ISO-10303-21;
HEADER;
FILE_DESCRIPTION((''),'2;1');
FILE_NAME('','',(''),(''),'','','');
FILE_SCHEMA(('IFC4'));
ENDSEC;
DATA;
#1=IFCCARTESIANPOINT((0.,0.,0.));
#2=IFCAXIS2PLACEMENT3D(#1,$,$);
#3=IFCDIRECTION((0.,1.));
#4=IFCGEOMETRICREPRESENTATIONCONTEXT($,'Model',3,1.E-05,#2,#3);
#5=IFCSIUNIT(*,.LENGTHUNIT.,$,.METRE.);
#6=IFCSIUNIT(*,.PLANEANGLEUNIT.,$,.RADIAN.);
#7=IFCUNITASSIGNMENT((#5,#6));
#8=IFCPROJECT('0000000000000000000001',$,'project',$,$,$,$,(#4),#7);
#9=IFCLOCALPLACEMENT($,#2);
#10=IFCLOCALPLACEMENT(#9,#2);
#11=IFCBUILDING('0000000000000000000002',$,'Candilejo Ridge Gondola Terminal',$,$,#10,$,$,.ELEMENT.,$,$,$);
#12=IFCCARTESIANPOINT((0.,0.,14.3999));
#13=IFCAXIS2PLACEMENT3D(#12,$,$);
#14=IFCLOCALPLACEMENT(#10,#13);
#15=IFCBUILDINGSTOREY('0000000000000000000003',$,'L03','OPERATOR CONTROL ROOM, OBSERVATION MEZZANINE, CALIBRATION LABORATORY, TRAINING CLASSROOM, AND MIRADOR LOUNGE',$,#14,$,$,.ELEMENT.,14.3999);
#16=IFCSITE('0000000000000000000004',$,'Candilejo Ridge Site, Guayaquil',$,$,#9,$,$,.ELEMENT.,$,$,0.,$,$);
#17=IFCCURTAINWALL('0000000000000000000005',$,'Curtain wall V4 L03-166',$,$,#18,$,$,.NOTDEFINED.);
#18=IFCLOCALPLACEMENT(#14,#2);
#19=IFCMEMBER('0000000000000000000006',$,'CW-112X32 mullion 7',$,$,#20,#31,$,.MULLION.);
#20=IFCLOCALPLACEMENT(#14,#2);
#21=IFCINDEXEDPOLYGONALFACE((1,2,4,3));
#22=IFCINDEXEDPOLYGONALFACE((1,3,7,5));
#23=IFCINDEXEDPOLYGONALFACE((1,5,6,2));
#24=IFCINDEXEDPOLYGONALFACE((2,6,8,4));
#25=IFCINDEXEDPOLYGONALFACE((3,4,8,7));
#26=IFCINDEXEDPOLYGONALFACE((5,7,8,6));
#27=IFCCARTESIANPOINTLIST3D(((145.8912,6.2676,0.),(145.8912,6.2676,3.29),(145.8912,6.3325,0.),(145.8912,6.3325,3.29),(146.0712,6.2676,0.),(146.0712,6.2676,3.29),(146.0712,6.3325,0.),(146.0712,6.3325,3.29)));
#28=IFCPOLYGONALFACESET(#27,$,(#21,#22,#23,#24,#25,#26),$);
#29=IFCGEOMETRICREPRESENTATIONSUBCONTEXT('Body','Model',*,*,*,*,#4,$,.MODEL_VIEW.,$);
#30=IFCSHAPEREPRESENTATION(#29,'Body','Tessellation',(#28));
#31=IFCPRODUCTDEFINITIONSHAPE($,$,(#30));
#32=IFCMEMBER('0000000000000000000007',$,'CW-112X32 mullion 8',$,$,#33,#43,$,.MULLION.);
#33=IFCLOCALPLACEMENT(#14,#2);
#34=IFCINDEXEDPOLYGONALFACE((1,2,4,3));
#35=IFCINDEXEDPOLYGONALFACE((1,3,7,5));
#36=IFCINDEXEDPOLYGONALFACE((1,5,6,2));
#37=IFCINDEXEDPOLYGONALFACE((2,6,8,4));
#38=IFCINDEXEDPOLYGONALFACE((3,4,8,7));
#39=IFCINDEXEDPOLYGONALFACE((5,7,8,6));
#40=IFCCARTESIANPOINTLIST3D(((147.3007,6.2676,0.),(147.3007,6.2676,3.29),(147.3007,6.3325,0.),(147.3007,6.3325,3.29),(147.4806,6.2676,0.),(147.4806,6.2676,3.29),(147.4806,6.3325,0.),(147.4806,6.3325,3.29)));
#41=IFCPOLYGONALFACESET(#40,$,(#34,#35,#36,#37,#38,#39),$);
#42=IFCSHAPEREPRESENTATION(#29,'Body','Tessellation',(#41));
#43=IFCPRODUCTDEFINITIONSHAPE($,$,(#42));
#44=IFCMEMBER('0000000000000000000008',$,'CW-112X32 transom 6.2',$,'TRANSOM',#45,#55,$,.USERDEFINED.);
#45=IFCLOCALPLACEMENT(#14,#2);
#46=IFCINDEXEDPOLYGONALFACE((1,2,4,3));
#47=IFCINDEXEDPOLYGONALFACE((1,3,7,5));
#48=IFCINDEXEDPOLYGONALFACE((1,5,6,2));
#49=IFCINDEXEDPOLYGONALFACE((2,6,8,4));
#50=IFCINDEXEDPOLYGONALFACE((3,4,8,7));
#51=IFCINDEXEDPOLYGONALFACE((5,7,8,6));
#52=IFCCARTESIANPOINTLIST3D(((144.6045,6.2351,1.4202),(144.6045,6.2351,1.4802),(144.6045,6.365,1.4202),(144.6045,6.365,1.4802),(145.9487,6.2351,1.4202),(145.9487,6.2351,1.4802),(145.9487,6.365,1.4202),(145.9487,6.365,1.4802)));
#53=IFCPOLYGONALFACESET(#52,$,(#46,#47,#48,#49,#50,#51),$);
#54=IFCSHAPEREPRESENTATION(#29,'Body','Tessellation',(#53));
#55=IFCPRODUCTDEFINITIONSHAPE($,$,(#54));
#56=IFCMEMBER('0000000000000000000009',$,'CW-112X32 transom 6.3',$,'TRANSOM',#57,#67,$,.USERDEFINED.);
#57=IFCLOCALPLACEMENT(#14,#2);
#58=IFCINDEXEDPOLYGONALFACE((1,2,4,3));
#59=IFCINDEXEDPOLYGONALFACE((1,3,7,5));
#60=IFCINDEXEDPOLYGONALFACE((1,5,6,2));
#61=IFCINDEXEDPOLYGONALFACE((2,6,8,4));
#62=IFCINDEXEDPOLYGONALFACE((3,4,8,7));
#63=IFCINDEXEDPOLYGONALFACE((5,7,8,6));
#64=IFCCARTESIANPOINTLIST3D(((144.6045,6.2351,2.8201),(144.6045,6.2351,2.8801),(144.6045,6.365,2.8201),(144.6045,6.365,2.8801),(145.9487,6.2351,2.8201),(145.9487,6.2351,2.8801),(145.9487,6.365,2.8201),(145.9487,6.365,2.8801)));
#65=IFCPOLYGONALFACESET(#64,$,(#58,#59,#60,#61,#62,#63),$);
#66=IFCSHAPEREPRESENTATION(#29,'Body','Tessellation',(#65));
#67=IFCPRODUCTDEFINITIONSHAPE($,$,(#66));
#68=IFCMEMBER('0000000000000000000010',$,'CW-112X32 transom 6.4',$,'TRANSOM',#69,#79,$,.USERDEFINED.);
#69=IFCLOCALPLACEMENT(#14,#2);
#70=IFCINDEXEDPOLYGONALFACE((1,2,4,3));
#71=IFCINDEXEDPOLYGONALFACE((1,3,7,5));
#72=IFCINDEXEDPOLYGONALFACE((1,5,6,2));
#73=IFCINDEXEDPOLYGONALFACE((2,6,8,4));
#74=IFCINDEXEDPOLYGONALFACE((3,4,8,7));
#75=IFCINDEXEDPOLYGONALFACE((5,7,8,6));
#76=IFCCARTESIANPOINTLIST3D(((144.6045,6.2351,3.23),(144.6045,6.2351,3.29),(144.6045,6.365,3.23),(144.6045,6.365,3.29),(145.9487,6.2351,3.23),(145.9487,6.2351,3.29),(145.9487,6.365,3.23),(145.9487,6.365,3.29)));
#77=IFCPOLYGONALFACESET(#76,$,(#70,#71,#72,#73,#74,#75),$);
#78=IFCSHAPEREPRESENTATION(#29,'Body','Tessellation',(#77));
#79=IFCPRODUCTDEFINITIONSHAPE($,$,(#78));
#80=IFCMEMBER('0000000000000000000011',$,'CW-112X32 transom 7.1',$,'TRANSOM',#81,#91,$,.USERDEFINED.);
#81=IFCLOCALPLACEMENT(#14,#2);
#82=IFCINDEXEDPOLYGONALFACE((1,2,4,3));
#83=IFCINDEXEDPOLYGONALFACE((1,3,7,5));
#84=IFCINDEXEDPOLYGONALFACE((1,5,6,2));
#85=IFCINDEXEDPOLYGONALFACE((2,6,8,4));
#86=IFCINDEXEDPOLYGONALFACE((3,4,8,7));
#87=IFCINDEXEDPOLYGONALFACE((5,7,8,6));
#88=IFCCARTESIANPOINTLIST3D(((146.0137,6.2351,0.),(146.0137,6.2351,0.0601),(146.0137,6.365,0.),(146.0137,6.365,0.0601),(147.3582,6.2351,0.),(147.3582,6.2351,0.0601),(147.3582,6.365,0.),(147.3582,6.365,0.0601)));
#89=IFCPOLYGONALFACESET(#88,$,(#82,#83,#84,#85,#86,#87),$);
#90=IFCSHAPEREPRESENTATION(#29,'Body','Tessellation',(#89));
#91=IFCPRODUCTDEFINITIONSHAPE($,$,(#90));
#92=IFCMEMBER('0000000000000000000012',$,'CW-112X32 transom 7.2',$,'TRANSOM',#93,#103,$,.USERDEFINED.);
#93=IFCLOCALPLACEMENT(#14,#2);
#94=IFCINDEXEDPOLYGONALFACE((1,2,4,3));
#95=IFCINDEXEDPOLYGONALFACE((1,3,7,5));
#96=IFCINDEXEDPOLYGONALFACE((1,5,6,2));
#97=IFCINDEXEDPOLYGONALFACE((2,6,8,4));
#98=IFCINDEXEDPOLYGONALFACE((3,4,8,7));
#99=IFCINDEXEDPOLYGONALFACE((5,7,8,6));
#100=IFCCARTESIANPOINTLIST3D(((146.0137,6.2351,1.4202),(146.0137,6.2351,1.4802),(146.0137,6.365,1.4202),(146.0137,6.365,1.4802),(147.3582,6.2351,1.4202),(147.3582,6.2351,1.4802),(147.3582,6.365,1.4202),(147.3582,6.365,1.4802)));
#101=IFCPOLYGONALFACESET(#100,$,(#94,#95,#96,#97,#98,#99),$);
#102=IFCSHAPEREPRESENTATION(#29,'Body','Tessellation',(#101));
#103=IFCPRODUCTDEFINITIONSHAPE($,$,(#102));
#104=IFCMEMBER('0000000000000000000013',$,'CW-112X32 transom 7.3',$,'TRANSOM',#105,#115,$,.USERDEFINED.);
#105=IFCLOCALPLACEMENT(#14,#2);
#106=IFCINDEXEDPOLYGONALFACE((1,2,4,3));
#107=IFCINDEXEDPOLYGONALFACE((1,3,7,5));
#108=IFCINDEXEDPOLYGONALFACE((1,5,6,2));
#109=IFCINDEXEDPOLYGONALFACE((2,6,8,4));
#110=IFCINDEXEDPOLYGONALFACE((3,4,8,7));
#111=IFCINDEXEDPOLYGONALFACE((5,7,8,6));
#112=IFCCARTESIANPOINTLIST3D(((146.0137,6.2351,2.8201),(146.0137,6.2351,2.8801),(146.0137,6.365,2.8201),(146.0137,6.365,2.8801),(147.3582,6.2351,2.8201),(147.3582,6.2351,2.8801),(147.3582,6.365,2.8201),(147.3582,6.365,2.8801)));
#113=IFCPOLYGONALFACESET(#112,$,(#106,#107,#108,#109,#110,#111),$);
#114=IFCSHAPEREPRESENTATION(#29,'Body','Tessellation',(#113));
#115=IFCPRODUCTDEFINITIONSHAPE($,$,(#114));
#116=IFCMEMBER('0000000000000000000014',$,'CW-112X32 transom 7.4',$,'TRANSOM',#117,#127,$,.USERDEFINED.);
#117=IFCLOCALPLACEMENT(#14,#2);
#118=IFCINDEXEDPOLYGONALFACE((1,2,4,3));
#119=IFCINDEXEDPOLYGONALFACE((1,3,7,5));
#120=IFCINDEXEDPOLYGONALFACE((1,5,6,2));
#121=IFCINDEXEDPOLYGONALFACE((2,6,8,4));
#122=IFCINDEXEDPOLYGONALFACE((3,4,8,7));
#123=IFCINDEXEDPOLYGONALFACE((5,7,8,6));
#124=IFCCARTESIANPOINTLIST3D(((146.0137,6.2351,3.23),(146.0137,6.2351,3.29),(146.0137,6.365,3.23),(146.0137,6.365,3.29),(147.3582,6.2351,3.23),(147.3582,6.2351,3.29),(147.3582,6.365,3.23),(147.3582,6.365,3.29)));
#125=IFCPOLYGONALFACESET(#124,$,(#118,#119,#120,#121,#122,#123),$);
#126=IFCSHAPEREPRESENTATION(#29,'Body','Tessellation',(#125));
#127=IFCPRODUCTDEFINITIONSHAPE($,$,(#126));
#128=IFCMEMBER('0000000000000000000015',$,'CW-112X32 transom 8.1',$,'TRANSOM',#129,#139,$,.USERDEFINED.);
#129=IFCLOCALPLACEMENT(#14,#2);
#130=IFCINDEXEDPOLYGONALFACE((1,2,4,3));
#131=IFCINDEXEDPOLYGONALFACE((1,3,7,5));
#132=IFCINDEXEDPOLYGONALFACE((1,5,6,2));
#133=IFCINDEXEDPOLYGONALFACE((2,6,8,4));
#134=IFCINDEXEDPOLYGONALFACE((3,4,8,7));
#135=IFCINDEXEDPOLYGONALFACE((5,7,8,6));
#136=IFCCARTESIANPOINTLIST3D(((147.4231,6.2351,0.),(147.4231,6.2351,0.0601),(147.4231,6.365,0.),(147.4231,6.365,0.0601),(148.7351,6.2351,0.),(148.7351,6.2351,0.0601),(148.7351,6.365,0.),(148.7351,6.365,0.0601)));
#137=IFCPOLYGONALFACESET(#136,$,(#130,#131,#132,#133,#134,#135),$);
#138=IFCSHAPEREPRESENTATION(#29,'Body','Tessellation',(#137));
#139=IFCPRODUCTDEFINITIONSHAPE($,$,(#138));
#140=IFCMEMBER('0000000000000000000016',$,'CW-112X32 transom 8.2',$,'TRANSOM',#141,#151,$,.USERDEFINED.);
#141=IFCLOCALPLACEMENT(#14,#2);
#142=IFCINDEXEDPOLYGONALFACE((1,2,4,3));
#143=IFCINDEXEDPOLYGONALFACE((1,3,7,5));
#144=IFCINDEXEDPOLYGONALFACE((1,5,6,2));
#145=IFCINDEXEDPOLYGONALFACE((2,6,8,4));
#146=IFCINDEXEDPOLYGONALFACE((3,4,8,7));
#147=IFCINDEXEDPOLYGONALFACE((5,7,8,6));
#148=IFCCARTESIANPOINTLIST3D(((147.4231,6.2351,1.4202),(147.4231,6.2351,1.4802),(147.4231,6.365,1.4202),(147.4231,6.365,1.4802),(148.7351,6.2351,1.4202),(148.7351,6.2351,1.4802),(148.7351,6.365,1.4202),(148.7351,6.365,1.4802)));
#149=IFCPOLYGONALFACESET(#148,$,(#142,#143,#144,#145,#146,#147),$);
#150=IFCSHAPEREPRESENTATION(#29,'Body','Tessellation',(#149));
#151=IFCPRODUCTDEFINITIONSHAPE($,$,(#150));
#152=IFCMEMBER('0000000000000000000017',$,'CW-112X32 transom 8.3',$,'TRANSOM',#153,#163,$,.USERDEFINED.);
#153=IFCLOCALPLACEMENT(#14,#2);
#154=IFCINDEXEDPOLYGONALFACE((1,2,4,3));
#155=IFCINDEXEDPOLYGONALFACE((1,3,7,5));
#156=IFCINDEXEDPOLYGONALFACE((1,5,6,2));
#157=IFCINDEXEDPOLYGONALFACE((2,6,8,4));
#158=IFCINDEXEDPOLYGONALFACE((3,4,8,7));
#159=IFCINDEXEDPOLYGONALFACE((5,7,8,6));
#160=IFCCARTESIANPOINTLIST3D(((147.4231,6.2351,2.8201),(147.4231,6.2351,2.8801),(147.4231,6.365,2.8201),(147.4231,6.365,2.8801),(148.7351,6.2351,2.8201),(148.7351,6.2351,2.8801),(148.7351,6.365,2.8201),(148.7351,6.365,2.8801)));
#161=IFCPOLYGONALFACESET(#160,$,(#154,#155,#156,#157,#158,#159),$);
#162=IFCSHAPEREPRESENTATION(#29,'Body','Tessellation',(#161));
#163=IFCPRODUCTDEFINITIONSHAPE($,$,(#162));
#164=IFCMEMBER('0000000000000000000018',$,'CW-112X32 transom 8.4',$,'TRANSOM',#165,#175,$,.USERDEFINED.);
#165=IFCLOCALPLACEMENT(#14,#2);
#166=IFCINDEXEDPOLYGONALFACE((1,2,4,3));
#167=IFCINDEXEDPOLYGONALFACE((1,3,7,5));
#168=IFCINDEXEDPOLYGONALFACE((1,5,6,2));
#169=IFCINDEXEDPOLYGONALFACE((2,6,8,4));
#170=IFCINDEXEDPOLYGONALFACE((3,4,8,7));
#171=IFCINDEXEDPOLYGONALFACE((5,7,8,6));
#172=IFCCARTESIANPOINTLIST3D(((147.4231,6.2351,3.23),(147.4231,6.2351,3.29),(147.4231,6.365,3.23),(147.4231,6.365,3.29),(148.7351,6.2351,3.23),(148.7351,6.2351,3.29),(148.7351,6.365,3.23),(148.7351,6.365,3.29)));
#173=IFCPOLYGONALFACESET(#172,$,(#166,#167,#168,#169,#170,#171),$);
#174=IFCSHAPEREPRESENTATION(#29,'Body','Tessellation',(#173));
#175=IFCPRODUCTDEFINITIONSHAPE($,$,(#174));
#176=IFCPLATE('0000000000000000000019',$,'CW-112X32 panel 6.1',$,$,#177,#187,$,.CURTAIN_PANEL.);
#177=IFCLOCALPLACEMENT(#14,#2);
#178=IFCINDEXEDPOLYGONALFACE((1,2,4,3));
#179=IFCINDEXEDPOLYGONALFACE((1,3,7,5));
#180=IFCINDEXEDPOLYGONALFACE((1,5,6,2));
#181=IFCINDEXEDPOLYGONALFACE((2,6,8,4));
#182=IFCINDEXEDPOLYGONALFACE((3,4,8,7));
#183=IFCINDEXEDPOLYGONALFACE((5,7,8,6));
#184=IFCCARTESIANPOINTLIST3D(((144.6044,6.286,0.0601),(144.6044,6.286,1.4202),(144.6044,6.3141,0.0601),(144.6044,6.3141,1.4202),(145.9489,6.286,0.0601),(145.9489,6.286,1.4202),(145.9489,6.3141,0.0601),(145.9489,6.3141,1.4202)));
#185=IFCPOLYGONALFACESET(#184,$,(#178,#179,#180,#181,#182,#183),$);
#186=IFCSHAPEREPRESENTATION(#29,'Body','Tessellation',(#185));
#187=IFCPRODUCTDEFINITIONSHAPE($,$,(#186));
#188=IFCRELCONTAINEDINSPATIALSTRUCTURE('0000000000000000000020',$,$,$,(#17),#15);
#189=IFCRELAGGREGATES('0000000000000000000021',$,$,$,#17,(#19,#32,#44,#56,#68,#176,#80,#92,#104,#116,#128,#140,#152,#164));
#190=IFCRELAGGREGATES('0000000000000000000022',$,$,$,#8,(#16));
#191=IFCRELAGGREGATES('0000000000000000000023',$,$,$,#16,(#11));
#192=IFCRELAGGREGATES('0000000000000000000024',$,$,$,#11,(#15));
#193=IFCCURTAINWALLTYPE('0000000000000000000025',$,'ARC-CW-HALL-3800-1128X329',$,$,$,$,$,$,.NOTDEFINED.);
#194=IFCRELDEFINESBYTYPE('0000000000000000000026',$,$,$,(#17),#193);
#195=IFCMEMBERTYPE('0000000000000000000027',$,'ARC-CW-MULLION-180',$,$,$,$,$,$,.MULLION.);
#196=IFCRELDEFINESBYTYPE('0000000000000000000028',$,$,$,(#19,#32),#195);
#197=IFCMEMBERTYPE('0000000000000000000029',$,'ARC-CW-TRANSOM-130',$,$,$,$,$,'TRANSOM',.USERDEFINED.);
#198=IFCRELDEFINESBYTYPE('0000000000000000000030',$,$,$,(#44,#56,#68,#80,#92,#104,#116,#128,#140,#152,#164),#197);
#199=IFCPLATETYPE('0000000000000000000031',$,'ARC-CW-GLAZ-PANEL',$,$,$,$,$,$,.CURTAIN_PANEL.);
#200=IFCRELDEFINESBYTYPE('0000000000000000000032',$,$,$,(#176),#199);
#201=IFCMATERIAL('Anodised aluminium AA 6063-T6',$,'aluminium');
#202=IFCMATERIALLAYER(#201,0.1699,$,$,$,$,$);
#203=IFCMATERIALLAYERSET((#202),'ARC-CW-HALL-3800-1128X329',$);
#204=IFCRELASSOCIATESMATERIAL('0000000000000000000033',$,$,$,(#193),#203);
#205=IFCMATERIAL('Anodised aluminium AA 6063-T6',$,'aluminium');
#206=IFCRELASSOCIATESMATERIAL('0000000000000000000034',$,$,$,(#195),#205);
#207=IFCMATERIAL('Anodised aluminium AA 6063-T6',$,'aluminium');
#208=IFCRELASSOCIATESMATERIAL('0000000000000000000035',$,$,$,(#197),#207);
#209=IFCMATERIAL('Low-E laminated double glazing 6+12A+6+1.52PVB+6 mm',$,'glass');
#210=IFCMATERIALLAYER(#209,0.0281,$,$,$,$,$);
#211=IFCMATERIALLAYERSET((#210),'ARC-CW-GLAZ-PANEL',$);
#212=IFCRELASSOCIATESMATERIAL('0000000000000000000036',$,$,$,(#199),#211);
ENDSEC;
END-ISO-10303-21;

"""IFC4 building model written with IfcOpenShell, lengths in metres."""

from ifc_helpers import new_model, si_unit, direction, frame, origin, origin_2d, place, context, subcontext, project, spatial, rectangle, extrude, material, layer, layer_set, material_profile, profile_set, type_object, element, aggregate, save


model = new_model("IFC4")

# Units and contexts
model_context = context("Model", 3, precision=1e-05, world=origin(), true_north=direction((0.0, 1.0)))
body_context = subcontext(model_context, "Body", "Model", "MODEL_VIEW")
ifc_project = project(units=[si_unit("LENGTHUNIT", "METRE"), si_unit("PLANEANGLEUNIT", "RADIAN")], contexts=[model_context])

# Site, building, storey
site_placement = place(None, origin())
site = spatial("IfcSite", under=ifc_project, at=site_placement, Name="Candilejo Ridge Site, Guayaquil", CompositionType="ELEMENT", RefElevation=0.0)
building_placement = place(site_placement, origin())
building = spatial("IfcBuilding", under=site, at=building_placement, Name="Candilejo Ridge Gondola Terminal", CompositionType="ELEMENT")
storey_placement = place(building_placement, frame((0.0, 0.0, 14.3999)))
storey = spatial("IfcBuildingStorey", under=building, at=storey_placement, Name="L03", Description="OPERATOR CONTROL ROOM, OBSERVATION MEZZANINE, CALIBRATION LABORATORY, TRAINING CLASSROOM, AND MIRADOR LOUNGE", CompositionType="ELEMENT", Elevation=14.3999)

# Curtain wall, members, plate
ifc_material_1 = material(Name="Anodised aluminium AA 6063-T6", Category="aluminium")
ifc_layer_1 = layer(ifc_material_1, 0.1699)
ifc_layer_set_1 = layer_set([ifc_layer_1], Name="ARC-CW-HALL-3800-1128X329")
curtain_wall_type = type_object("IfcCurtainWallType", Name="ARC-CW-HALL-3800-1128X329", PredefinedType="NOTDEFINED", material=ifc_layer_set_1)
curtain_wall_placement = place(storey_placement, origin())
curtain_wall = element("IfcCurtainWall", 1, at=curtain_wall_placement, inside=storey, type_object=curtain_wall_type, Name="Curtain wall V4 L03-166", PredefinedType="NOTDEFINED")
ifc_material_2 = material(Name="Anodised aluminium AA 6063-T6", Category="aluminium")
ifc_material_profile_1 = material_profile(ifc_material_2, rectangle(XDim=0.0649, YDim=0.1799, at=origin_2d()))
ifc_profile_set_1 = profile_set([ifc_material_profile_1], Name="Anodised aluminium AA 6063-T6")
member_type_1 = type_object("IfcMemberType", Name="ARC-CW-MULLION-180", PredefinedType="MULLION", material=ifc_profile_set_1)
member_1_placement = place(storey_placement, frame((145.9812, 6.3, 0.0), z_axis=(0.0, 0.0, 1.0), x_axis=(0.0, 1.0, 0.0)))
member_1 = element("IfcMember", 2, at=member_1_placement, type_object=member_type_1, Name="CW-112X32 mullion 7", PredefinedType="MULLION", context=body_context, shape_type="SweptSolid", body=[
    extrude(rectangle(XDim=0.0649, YDim=0.1799, at=origin_2d()), origin(), (0.0, 0.0, 1.0), 3.29),
])
member_2_placement = place(storey_placement, frame((147.3906, 6.3, 0.0), z_axis=(0.0, 0.0, 1.0), x_axis=(0.0, 1.0, 0.0)))
member_2 = element("IfcMember", 3, at=member_2_placement, type_object=member_type_1, Name="CW-112X32 mullion 8", PredefinedType="MULLION", context=body_context, shape_type="SweptSolid", body=[
    extrude(rectangle(XDim=0.0649, YDim=0.1799, at=origin_2d()), origin(), (0.0, 0.0, 1.0), 3.29),
])
ifc_material_3 = material(Name="Anodised aluminium AA 6063-T6", Category="aluminium")
ifc_material_profile_2 = material_profile(ifc_material_3, rectangle(XDim=0.1299, YDim=0.0601, at=origin_2d()))
ifc_profile_set_2 = profile_set([ifc_material_profile_2], Name="Anodised aluminium AA 6063-T6")
member_type_2 = type_object("IfcMemberType", Name="ARC-CW-TRANSOM-130", ElementType="TRANSOM", PredefinedType="USERDEFINED", material=ifc_profile_set_2)
member_3_placement = place(storey_placement, frame((144.6045, 6.3, 1.4502), z_axis=(1.0, 0.0, 0.0), x_axis=(0.0, 1.0, 0.0)))
member_3 = element("IfcMember", 4, at=member_3_placement, type_object=member_type_2, Name="CW-112X32 transom 6.2", ObjectType="TRANSOM", PredefinedType="USERDEFINED", context=body_context, shape_type="SweptSolid", body=[
    extrude(rectangle(XDim=0.1299, YDim=0.0601, at=origin_2d()), origin(), (0.0, 0.0, 1.0), 1.3442),
])
member_4_placement = place(storey_placement, frame((144.6045, 6.3, 2.8501), z_axis=(1.0, 0.0, 0.0), x_axis=(0.0, 1.0, 0.0)))
member_4 = element("IfcMember", 5, at=member_4_placement, type_object=member_type_2, Name="CW-112X32 transom 6.3", ObjectType="TRANSOM", PredefinedType="USERDEFINED", context=body_context, shape_type="SweptSolid", body=[
    extrude(rectangle(XDim=0.1299, YDim=0.0601, at=origin_2d()), origin(), (0.0, 0.0, 1.0), 1.3442),
])
member_5_placement = place(storey_placement, frame((144.6045, 6.3, 3.26), z_axis=(1.0, 0.0, 0.0), x_axis=(0.0, 1.0, 0.0)))
member_5 = element("IfcMember", 6, at=member_5_placement, type_object=member_type_2, Name="CW-112X32 transom 6.4", ObjectType="TRANSOM", PredefinedType="USERDEFINED", context=body_context, shape_type="SweptSolid", body=[
    extrude(rectangle(XDim=0.1299, YDim=0.0601, at=origin_2d()), origin(), (0.0, 0.0, 1.0), 1.3442),
])
member_6_placement = place(storey_placement, frame((146.0137, 6.3, 0.03), z_axis=(1.0, 0.0, 0.0), x_axis=(0.0, 1.0, 0.0)))
member_6 = element("IfcMember", 7, at=member_6_placement, type_object=member_type_2, Name="CW-112X32 transom 7.1", ObjectType="TRANSOM", PredefinedType="USERDEFINED", context=body_context, shape_type="SweptSolid", body=[
    extrude(rectangle(XDim=0.1299, YDim=0.0601, at=origin_2d()), origin(), (0.0, 0.0, 1.0), 1.3445),
])
member_7_placement = place(storey_placement, frame((146.0137, 6.3, 1.4502), z_axis=(1.0, 0.0, 0.0), x_axis=(0.0, 1.0, 0.0)))
member_7 = element("IfcMember", 8, at=member_7_placement, type_object=member_type_2, Name="CW-112X32 transom 7.2", ObjectType="TRANSOM", PredefinedType="USERDEFINED", context=body_context, shape_type="SweptSolid", body=[
    extrude(rectangle(XDim=0.1299, YDim=0.0601, at=origin_2d()), origin(), (0.0, 0.0, 1.0), 1.3445),
])
member_8_placement = place(storey_placement, frame((146.0137, 6.3, 2.8501), z_axis=(1.0, 0.0, 0.0), x_axis=(0.0, 1.0, 0.0)))
member_8 = element("IfcMember", 9, at=member_8_placement, type_object=member_type_2, Name="CW-112X32 transom 7.3", ObjectType="TRANSOM", PredefinedType="USERDEFINED", context=body_context, shape_type="SweptSolid", body=[
    extrude(rectangle(XDim=0.1299, YDim=0.0601, at=origin_2d()), origin(), (0.0, 0.0, 1.0), 1.3445),
])
member_9_placement = place(storey_placement, frame((146.0137, 6.3, 3.26), z_axis=(1.0, 0.0, 0.0), x_axis=(0.0, 1.0, 0.0)))
member_9 = element("IfcMember", 10, at=member_9_placement, type_object=member_type_2, Name="CW-112X32 transom 7.4", ObjectType="TRANSOM", PredefinedType="USERDEFINED", context=body_context, shape_type="SweptSolid", body=[
    extrude(rectangle(XDim=0.1299, YDim=0.0601, at=origin_2d()), origin(), (0.0, 0.0, 1.0), 1.3445),
])
member_10_placement = place(storey_placement, frame((147.4231, 6.3, 0.03), z_axis=(1.0, 0.0, 0.0), x_axis=(0.0, 1.0, 0.0)))
member_10 = element("IfcMember", 11, at=member_10_placement, type_object=member_type_2, Name="CW-112X32 transom 8.1", ObjectType="TRANSOM", PredefinedType="USERDEFINED", context=body_context, shape_type="SweptSolid", body=[
    extrude(rectangle(XDim=0.1299, YDim=0.0601, at=origin_2d()), origin(), (0.0, 0.0, 1.0), 1.312),
])
member_11_placement = place(storey_placement, frame((147.4231, 6.3, 1.4502), z_axis=(1.0, 0.0, 0.0), x_axis=(0.0, 1.0, 0.0)))
member_11 = element("IfcMember", 12, at=member_11_placement, type_object=member_type_2, Name="CW-112X32 transom 8.2", ObjectType="TRANSOM", PredefinedType="USERDEFINED", context=body_context, shape_type="SweptSolid", body=[
    extrude(rectangle(XDim=0.1299, YDim=0.0601, at=origin_2d()), origin(), (0.0, 0.0, 1.0), 1.312),
])
member_12_placement = place(storey_placement, frame((147.4231, 6.3, 2.8501), z_axis=(1.0, 0.0, 0.0), x_axis=(0.0, 1.0, 0.0)))
member_12 = element("IfcMember", 13, at=member_12_placement, type_object=member_type_2, Name="CW-112X32 transom 8.3", ObjectType="TRANSOM", PredefinedType="USERDEFINED", context=body_context, shape_type="SweptSolid", body=[
    extrude(rectangle(XDim=0.1299, YDim=0.0601, at=origin_2d()), origin(), (0.0, 0.0, 1.0), 1.312),
])
member_13_placement = place(storey_placement, frame((147.4231, 6.3, 3.26), z_axis=(1.0, 0.0, 0.0), x_axis=(0.0, 1.0, 0.0)))
member_13 = element("IfcMember", 14, at=member_13_placement, type_object=member_type_2, Name="CW-112X32 transom 8.4", ObjectType="TRANSOM", PredefinedType="USERDEFINED", context=body_context, shape_type="SweptSolid", body=[
    extrude(rectangle(XDim=0.1299, YDim=0.0601, at=origin_2d()), origin(), (0.0, 0.0, 1.0), 1.312),
])
ifc_material_4 = material(Name="Low-E laminated double glazing 6+12A+6+1.52PVB+6 mm", Category="glass")
ifc_layer_2 = layer(ifc_material_4, 0.0281)
ifc_layer_set_2 = layer_set([ifc_layer_2], Name="ARC-CW-GLAZ-PANEL")
plate_type = type_object("IfcPlateType", Name="ARC-CW-GLAZ-PANEL", PredefinedType="CURTAIN_PANEL", material=ifc_layer_set_2)
plate_1_placement = place(storey_placement, frame((145.2766, 6.3, 0.0601), z_axis=(0.0, 0.0, 1.0), x_axis=(1.0, 0.0, 0.0)))
plate_1 = element("IfcPlate", 15, at=plate_1_placement, type_object=plate_type, Name="CW-112X32 panel 6.1", PredefinedType="CURTAIN_PANEL", context=body_context, shape_type="SweptSolid", body=[
    extrude(rectangle(XDim=1.3445, YDim=0.0281, at=origin_2d()), origin(), (0.0, 0.0, 1.0), 1.3601),
])
aggregate(curtain_wall, [member_1, member_2, member_3, member_4, member_5, plate_1, member_6, member_7, member_8, member_9, member_10, member_11, member_12, member_13])

save(model, "model.ifc")
